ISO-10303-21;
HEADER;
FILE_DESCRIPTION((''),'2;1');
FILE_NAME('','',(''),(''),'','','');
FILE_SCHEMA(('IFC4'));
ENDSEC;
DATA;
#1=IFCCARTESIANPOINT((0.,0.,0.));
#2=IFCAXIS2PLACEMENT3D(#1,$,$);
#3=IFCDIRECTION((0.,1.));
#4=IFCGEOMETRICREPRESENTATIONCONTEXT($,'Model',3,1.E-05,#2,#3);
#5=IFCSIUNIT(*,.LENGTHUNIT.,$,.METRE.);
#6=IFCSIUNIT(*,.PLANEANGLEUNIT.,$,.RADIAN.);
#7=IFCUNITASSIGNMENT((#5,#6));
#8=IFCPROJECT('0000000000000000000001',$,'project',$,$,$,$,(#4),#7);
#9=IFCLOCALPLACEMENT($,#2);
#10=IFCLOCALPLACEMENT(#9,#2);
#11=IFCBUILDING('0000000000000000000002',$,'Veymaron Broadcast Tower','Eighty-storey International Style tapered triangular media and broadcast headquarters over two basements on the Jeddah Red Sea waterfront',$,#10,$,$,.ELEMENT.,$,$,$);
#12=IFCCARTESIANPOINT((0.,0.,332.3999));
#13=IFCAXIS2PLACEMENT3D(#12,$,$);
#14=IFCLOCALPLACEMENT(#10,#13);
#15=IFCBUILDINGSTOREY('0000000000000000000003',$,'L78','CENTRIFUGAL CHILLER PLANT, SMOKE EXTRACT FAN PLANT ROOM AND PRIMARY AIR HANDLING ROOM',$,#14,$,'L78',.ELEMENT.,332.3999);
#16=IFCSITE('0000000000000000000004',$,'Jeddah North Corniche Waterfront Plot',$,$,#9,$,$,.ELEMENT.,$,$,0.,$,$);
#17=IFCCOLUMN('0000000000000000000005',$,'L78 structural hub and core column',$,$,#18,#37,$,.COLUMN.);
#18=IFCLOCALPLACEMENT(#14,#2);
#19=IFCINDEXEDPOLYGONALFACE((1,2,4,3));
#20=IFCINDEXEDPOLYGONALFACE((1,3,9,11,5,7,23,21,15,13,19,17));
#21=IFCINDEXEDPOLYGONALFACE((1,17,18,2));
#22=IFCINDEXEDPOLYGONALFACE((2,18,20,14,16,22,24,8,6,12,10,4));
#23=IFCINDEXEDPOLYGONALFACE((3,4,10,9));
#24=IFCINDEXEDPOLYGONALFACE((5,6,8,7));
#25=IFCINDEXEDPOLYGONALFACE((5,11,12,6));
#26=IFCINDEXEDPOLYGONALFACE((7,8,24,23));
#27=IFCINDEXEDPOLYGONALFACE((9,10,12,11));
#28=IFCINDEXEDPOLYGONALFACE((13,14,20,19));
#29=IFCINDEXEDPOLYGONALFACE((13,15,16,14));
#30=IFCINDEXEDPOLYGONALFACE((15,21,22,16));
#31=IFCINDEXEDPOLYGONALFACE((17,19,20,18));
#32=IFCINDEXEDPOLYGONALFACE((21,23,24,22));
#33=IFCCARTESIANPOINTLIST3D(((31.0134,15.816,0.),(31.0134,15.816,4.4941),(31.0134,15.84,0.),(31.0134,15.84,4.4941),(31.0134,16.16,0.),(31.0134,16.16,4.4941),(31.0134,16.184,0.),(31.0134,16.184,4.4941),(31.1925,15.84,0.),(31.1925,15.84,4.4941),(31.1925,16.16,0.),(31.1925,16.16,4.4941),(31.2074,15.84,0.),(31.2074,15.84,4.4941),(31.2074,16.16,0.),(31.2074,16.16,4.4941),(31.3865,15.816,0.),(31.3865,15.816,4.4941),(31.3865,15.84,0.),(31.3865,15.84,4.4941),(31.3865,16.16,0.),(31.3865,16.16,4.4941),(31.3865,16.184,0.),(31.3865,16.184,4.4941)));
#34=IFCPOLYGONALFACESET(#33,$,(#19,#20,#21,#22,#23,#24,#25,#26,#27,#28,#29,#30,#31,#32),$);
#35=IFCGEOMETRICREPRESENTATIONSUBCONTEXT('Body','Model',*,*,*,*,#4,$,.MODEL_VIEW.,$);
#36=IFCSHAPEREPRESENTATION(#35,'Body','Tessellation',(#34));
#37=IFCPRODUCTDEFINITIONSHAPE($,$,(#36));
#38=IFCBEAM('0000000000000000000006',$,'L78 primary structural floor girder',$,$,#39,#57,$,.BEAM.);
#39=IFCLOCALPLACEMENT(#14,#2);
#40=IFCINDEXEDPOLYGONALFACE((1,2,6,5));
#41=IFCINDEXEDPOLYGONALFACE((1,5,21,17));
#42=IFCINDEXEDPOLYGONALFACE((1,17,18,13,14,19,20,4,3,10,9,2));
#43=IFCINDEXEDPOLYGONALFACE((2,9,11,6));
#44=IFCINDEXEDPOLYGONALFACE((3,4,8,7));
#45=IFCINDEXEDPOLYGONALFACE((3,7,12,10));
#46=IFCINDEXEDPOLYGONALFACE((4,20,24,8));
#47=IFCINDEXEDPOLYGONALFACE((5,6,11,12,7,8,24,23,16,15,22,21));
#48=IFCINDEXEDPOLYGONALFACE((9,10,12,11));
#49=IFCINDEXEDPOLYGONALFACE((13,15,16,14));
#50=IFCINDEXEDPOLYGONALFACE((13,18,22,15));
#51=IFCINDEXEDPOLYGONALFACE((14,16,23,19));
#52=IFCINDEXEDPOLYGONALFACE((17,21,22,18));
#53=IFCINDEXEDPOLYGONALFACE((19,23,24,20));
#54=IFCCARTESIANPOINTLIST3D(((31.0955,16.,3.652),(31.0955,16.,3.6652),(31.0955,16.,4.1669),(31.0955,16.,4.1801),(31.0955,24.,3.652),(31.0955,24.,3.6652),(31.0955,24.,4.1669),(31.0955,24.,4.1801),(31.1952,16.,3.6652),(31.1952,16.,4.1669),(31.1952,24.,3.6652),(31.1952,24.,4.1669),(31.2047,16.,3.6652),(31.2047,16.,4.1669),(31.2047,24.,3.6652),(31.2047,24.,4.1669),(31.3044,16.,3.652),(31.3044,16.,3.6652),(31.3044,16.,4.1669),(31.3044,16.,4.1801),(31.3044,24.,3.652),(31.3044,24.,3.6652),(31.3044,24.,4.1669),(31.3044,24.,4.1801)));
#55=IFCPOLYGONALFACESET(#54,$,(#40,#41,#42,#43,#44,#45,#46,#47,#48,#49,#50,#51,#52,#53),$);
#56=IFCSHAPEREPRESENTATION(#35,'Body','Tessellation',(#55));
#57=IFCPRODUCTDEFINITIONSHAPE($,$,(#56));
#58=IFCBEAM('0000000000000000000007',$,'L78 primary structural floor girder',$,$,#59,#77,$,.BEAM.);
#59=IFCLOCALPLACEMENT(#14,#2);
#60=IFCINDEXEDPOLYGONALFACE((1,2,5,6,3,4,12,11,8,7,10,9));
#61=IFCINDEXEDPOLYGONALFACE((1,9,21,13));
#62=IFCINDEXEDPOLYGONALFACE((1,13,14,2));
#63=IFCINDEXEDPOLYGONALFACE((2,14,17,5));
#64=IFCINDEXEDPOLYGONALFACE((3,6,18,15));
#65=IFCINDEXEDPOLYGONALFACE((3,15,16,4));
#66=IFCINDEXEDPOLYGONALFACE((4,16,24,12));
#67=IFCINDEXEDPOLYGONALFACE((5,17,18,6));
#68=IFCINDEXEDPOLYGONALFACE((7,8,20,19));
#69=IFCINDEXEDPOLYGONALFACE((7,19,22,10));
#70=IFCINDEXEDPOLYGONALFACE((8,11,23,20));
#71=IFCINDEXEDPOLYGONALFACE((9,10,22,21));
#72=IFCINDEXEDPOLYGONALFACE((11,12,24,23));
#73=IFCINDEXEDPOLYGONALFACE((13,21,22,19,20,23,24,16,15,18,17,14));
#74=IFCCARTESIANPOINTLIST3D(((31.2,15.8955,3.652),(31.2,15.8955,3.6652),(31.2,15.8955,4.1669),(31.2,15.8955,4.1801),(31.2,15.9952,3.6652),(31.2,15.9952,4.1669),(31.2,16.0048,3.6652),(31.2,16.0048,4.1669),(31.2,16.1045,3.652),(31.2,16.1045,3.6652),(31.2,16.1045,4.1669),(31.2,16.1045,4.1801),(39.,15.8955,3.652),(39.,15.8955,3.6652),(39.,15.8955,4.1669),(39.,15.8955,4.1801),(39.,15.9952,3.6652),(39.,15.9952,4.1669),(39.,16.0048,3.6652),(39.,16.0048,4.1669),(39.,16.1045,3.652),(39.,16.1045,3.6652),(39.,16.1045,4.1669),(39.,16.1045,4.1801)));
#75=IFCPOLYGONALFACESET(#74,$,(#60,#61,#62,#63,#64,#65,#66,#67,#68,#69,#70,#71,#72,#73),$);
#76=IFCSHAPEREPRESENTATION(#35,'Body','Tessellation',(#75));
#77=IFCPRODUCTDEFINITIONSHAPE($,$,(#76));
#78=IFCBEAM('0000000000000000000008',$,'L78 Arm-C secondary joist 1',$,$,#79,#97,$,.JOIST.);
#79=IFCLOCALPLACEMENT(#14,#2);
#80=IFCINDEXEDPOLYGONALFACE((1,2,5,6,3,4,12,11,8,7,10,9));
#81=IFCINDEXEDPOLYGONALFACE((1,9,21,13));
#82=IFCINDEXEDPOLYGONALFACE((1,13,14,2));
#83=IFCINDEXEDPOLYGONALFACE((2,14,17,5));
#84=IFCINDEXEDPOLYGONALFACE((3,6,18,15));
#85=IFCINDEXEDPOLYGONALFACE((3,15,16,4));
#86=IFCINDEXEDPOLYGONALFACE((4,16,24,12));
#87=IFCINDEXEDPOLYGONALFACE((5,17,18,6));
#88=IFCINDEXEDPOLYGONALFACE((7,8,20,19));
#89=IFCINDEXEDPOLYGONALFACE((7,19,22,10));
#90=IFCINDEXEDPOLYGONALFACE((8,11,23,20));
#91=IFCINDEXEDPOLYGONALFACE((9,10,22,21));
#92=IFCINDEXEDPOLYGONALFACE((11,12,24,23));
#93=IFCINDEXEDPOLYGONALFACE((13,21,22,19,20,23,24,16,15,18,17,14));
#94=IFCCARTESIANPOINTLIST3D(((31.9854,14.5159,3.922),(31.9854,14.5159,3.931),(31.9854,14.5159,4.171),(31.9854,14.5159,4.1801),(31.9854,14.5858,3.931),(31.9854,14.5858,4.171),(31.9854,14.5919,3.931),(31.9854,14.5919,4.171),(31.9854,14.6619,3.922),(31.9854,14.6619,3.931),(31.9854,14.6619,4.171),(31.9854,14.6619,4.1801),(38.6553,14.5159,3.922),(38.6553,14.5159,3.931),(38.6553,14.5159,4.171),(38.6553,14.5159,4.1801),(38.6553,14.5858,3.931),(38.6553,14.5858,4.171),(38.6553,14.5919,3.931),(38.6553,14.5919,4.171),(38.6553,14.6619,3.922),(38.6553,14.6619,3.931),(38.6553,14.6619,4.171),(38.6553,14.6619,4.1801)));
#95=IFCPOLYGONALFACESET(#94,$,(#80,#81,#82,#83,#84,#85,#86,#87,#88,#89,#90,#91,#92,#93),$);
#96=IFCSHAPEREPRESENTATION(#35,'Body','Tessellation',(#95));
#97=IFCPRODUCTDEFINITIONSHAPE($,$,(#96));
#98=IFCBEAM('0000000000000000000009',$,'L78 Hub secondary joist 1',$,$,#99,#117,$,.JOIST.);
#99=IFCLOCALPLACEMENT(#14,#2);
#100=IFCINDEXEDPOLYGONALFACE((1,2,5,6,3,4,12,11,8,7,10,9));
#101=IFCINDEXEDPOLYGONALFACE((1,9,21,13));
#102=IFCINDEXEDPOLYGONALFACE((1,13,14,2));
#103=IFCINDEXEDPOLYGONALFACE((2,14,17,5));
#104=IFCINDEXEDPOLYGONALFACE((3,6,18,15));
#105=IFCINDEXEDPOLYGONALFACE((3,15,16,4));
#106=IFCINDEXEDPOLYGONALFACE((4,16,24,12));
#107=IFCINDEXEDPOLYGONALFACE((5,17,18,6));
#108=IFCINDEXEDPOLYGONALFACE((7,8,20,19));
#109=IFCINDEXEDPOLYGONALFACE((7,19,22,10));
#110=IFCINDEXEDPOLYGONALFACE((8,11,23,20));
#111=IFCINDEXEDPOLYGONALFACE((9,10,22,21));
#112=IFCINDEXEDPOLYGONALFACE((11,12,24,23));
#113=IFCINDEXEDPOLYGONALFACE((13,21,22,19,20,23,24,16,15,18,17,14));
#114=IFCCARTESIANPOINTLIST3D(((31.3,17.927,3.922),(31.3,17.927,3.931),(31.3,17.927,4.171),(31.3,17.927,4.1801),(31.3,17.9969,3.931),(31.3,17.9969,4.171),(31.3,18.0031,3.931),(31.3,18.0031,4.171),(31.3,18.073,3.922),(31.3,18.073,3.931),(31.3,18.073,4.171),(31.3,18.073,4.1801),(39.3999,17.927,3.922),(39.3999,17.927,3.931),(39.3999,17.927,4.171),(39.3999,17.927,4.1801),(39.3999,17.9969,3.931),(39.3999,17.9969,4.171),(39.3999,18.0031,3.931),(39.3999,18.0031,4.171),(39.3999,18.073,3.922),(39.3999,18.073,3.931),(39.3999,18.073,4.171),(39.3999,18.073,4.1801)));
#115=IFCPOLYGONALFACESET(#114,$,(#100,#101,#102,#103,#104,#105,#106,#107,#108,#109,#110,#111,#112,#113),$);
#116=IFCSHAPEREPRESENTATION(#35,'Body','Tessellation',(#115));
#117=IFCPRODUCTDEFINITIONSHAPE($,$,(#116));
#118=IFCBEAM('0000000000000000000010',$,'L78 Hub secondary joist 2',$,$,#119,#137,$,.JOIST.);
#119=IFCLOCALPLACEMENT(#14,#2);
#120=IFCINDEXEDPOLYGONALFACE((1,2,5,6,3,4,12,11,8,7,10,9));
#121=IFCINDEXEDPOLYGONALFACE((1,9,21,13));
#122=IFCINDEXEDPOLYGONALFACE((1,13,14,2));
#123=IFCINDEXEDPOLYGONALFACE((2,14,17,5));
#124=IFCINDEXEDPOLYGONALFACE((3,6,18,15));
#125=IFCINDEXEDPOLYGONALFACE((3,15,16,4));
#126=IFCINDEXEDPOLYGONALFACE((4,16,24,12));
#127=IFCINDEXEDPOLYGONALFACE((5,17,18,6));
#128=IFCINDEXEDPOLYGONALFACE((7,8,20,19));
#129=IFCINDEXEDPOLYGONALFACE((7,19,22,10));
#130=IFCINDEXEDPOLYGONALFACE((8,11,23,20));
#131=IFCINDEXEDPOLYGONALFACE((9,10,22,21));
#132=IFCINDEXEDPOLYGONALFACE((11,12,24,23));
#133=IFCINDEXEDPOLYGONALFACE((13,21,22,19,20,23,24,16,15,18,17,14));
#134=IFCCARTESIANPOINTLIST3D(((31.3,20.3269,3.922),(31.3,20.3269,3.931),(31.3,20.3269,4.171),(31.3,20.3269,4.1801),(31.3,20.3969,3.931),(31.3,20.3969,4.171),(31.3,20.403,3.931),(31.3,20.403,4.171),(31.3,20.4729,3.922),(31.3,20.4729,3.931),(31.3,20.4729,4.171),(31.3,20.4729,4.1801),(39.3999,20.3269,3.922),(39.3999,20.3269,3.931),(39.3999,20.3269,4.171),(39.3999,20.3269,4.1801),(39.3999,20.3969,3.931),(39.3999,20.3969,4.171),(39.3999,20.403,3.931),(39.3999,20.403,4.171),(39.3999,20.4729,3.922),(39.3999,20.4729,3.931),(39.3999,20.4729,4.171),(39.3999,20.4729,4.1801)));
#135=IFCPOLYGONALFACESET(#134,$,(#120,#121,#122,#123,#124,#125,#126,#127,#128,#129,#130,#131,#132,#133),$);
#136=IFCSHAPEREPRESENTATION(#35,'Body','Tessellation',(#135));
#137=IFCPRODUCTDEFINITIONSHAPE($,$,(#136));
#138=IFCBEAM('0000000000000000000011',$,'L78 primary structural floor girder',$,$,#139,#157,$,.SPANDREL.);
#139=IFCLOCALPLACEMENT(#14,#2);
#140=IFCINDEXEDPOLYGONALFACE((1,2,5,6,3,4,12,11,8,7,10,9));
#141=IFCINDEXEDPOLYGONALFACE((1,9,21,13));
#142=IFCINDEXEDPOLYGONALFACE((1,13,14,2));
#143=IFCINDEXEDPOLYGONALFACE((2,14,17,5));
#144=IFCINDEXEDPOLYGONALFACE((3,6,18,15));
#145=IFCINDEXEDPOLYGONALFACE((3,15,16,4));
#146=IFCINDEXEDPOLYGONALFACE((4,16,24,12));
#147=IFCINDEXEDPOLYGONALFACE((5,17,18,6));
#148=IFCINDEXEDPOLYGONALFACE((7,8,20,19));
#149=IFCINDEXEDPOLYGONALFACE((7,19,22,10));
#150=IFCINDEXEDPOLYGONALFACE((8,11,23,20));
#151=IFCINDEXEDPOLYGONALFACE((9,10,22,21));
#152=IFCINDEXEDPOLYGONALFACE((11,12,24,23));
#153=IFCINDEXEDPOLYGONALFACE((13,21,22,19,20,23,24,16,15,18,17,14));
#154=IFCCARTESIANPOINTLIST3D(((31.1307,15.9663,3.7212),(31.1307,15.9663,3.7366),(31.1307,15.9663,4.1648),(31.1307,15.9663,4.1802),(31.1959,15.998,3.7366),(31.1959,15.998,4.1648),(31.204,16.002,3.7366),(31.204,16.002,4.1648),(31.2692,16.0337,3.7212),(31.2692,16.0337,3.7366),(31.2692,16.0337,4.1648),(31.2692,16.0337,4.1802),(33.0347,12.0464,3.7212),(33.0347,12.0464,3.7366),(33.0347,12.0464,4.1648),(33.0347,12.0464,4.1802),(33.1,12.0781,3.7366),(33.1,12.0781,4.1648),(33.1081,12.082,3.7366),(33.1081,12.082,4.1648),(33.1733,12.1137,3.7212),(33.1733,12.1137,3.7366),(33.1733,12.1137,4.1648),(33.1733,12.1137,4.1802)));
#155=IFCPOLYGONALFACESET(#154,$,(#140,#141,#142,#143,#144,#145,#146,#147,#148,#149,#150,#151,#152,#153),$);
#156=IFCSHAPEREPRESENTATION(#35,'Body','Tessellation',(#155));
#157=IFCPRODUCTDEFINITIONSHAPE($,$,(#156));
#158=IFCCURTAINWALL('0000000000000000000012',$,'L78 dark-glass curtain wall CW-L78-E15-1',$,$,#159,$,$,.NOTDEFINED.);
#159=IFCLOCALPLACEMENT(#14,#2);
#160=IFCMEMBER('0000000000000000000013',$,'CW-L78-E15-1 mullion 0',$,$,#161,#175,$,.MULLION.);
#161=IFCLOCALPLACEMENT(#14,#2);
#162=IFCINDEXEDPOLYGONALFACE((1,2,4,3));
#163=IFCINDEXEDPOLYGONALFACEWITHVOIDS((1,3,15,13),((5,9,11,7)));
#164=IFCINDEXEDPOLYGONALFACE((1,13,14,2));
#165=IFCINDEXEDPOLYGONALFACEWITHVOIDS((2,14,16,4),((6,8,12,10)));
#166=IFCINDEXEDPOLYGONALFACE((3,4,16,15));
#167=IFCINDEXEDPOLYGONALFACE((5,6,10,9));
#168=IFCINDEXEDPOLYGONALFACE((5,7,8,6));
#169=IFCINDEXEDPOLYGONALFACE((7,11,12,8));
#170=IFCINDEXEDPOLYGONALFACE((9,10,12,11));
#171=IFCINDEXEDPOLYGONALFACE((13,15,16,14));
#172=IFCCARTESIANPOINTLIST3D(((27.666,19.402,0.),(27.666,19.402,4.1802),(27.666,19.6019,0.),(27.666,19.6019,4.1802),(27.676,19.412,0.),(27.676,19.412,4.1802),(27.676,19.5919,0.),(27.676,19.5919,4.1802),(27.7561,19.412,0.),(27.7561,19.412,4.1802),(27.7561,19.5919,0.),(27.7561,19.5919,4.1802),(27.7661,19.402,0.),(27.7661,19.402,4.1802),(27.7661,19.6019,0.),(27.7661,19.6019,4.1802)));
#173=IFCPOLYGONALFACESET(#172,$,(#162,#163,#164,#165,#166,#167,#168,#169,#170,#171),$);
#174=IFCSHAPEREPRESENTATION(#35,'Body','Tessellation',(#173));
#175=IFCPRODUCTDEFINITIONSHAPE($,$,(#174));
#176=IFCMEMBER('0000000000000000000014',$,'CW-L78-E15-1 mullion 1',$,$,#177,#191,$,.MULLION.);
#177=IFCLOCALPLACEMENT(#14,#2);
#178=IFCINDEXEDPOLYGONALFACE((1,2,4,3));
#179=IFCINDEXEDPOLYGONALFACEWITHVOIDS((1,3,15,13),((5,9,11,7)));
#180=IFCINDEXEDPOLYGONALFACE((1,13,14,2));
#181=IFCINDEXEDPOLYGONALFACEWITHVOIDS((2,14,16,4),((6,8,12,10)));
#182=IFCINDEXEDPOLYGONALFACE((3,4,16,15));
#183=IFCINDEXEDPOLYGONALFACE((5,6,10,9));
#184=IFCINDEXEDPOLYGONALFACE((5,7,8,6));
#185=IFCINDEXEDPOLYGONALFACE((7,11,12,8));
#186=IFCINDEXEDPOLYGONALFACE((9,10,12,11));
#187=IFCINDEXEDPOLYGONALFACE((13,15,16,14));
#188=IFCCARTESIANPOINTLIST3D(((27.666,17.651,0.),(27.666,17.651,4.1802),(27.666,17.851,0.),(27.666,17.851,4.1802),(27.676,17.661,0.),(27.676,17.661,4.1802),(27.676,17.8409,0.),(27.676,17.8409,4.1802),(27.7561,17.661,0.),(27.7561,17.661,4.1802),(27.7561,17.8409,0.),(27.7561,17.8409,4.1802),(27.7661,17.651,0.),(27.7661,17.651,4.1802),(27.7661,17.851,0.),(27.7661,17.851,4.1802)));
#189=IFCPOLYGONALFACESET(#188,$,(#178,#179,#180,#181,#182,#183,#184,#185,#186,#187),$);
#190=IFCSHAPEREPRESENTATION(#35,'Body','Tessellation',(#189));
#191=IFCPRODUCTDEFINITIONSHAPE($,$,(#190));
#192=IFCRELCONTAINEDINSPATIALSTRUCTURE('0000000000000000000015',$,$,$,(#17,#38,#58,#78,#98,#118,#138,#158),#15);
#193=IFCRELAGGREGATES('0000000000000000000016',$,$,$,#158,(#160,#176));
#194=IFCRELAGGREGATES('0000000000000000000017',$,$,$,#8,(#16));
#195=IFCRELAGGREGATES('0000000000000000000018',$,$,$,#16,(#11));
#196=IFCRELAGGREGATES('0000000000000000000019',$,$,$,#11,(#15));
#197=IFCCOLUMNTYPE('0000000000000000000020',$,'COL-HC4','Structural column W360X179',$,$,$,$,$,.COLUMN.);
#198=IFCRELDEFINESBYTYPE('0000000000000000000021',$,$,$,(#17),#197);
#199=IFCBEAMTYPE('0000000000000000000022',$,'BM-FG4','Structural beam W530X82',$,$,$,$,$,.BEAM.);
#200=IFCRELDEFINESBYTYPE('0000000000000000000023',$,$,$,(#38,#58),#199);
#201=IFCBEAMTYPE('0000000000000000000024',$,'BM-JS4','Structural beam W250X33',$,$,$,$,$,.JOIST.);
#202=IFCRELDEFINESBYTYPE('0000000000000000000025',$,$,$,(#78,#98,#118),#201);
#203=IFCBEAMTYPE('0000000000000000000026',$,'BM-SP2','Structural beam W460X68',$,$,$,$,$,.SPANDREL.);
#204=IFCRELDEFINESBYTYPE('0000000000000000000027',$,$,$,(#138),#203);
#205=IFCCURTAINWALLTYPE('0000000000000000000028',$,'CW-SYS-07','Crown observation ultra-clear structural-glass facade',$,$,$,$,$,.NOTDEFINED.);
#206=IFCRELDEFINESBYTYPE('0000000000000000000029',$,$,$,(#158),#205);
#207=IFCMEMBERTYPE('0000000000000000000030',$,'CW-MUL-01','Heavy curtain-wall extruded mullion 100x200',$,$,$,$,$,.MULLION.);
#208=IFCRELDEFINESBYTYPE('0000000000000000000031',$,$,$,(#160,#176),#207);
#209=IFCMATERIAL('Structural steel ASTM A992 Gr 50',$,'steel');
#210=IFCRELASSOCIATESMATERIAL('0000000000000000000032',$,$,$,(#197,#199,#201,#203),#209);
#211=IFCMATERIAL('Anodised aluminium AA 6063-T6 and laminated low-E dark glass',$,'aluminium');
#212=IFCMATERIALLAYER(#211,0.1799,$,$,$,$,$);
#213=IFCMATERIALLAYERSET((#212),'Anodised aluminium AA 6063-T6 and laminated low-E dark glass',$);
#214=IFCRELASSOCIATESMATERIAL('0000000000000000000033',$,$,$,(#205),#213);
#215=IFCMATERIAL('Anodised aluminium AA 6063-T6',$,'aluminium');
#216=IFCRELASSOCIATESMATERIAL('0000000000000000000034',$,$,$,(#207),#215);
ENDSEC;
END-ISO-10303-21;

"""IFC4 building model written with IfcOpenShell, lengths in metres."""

from ifc_helpers import new_model, si_unit, direction, frame, origin, origin_2d, place, context, subcontext, project, spatial, hollow_rectangle, i_section, extrude, material, layer, layer_set, material_profile, profile_set, type_object, element, aggregate, save


model = new_model("IFC4")

# Units and contexts
model_context = context("Model", 3, precision=1e-05, world=origin(), true_north=direction((0.0, 1.0)))
body_context = subcontext(model_context, "Body", "Model", "MODEL_VIEW")
ifc_project = project(units=[si_unit("LENGTHUNIT", "METRE"), si_unit("PLANEANGLEUNIT", "RADIAN")], contexts=[model_context])

# Site, building, storey
site_placement = place(None, origin())
site = spatial("IfcSite", under=ifc_project, at=site_placement, Name="Jeddah North Corniche Waterfront Plot", CompositionType="ELEMENT", RefElevation=0.0)
building_placement = place(site_placement, origin())
building = spatial("IfcBuilding", under=site, at=building_placement, Name="Veymaron Broadcast Tower", Description="Eighty-storey International Style tapered triangular media and broadcast headquarters over two basements on the Jeddah Red Sea waterfront", CompositionType="ELEMENT")
storey_placement = place(building_placement, frame((0.0, 0.0, 332.3999)))
storey = spatial("IfcBuildingStorey", under=building, at=storey_placement, Name="L78", Description="CENTRIFUGAL CHILLER PLANT, SMOKE EXTRACT FAN PLANT ROOM AND PRIMARY AIR HANDLING ROOM", LongName="L78", CompositionType="ELEMENT", Elevation=332.3999)

# Column
ifc_material_1 = material(Name="Structural steel ASTM A992 Gr 50", Category="steel")
ifc_material_profile_1 = material_profile(ifc_material_1, i_section(OverallWidth=0.373, OverallDepth=0.3679, WebThickness=0.0149, FlangeThickness=0.0239, at=origin_2d()), Name="W360X179")
ifc_profile_set_1 = profile_set([ifc_material_profile_1], Name="Structural steel ASTM A992 Gr 50")
column_type = type_object("IfcColumnType", Name="COL-HC4", Description="Structural column W360X179", PredefinedType="COLUMN", material=ifc_profile_set_1)
column_placement = place(storey_placement, frame((31.2, 16.0, 0.0), z_axis=(0.0, 0.0, 1.0), x_axis=(1.0, 0.0, 0.0)))
element("IfcColumn", 1, at=column_placement, inside=storey, type_object=column_type, Name="L78 structural hub and core column", PredefinedType="COLUMN", context=body_context, shape_type="SweptSolid", body=[
    extrude(i_section(OverallWidth=0.373, OverallDepth=0.3679, WebThickness=0.0149, FlangeThickness=0.0239, at=origin_2d()), origin(), (0.0, 0.0, 1.0), 4.4941),
])

# Beams
ifc_material_profile_2 = material_profile(ifc_material_1, i_section(OverallWidth=0.209, OverallDepth=0.5281, WebThickness=0.0095, FlangeThickness=0.0132, at=origin_2d()), Name="W530X82")
ifc_profile_set_2 = profile_set([ifc_material_profile_2], Name="Structural steel ASTM A992 Gr 50")
beam_type_1 = type_object("IfcBeamType", Name="BM-FG4", Description="Structural beam W530X82", PredefinedType="BEAM", material=ifc_profile_set_2)
beam_1_placement = place(storey_placement, frame((31.2, 16.0, 3.916), z_axis=(0.0, 1.0, 0.0), x_axis=(-1.0, 0.0, 0.0)))
element("IfcBeam", 2, at=beam_1_placement, inside=storey, type_object=beam_type_1, Name="L78 primary structural floor girder", PredefinedType="BEAM", context=body_context, shape_type="SweptSolid", body=[
    extrude(i_section(OverallWidth=0.209, OverallDepth=0.5281, WebThickness=0.0095, FlangeThickness=0.0132, at=origin_2d()), origin(), (0.0, 0.0, 1.0), 8.0),
])
beam_2_placement = place(storey_placement, frame((31.2, 16.0, 3.916), z_axis=(1.0, 0.0, 0.0), x_axis=(0.0, 1.0, 0.0)))
element("IfcBeam", 3, at=beam_2_placement, inside=storey, type_object=beam_type_1, Name="L78 primary structural floor girder", PredefinedType="BEAM", context=body_context, shape_type="SweptSolid", body=[
    extrude(i_section(OverallWidth=0.209, OverallDepth=0.5281, WebThickness=0.0095, FlangeThickness=0.0132, at=origin_2d()), origin(), (0.0, 0.0, 1.0), 7.8),
])
ifc_material_profile_3 = material_profile(ifc_material_1, i_section(OverallWidth=0.146, OverallDepth=0.2581, WebThickness=0.0061, FlangeThickness=0.009, at=origin_2d()), Name="W250X33")
ifc_profile_set_3 = profile_set([ifc_material_profile_3], Name="Structural steel ASTM A992 Gr 50")
beam_type_2 = type_object("IfcBeamType", Name="BM-JS4", Description="Structural beam W250X33", PredefinedType="JOIST", material=ifc_profile_set_3)
beam_3_placement = place(storey_placement, frame((31.9854, 14.5889, 4.051), z_axis=(1.0, 0.0, 0.0), x_axis=(0.0, 1.0, 0.0)))
element("IfcBeam", 4, at=beam_3_placement, inside=storey, type_object=beam_type_2, Name="L78 Arm-C secondary joist 1", PredefinedType="JOIST", context=body_context, shape_type="SweptSolid", body=[
    extrude(i_section(OverallWidth=0.146, OverallDepth=0.2581, WebThickness=0.0061, FlangeThickness=0.009, at=origin_2d()), origin(), (0.0, 0.0, 1.0), 6.6699),
])
for number, where, z_axis, x_axis, name in (
    (5, (31.3, 18.0, 4.051), (1.0, 0.0, 0.0), (0.0, 1.0, 0.0), "L78 Hub secondary joist 1"),
    (6, (31.3, 20.3999, 4.051), (1.0, 0.0, 0.0), (0.0, 1.0, 0.0), "L78 Hub secondary joist 2"),
):
    element("IfcBeam", number, at=place(storey_placement, frame(where, z_axis=z_axis, x_axis=x_axis)), inside=storey, type_object=beam_type_2, Name=name, PredefinedType="JOIST", context=body_context, shape_type="SweptSolid", body=[
        extrude(i_section(OverallWidth=0.146, OverallDepth=0.2581, WebThickness=0.0061, FlangeThickness=0.009, at=origin_2d()), origin(), (0.0, 0.0, 1.0), 8.0999),
    ])
ifc_material_profile_4 = material_profile(ifc_material_1, i_section(OverallWidth=0.1541, OverallDepth=0.459, WebThickness=0.009, FlangeThickness=0.0154, at=origin_2d()), Name="W460X68")
ifc_profile_set_4 = profile_set([ifc_material_profile_4], Name="Structural steel ASTM A992 Gr 50")
beam_type_3 = type_object("IfcBeamType", Name="BM-SP2", Description="Structural beam W460X68", PredefinedType="SPANDREL", material=ifc_profile_set_4)
beam_4_placement = place(storey_placement, frame((31.2, 16.0, 3.9507), z_axis=(0.436921, -0.8995, 0.0), x_axis=(0.8995, 0.436921, 0.0)))
element("IfcBeam", 7, at=beam_4_placement, inside=storey, type_object=beam_type_3, Name="L78 primary structural floor girder", PredefinedType="SPANDREL", context=body_context, shape_type="SweptSolid", body=[
    extrude(i_section(OverallWidth=0.1541, OverallDepth=0.459, WebThickness=0.009, FlangeThickness=0.0154, at=origin_2d()), origin(), (0.0, 0.0, 1.0), 4.3579),
])

# Curtain wall, members
ifc_material_2 = material(Name="Anodised aluminium AA 6063-T6 and laminated low-E dark glass", Category="aluminium")
ifc_layer_1 = layer(ifc_material_2, 0.1799)
ifc_layer_set_1 = layer_set([ifc_layer_1], Name="Anodised aluminium AA 6063-T6 and laminated low-E dark glass")
curtain_wall_type = type_object("IfcCurtainWallType", Name="CW-SYS-07", Description="Crown observation ultra-clear structural-glass facade", PredefinedType="NOTDEFINED", material=ifc_layer_set_1)
curtain_wall_1_placement = place(storey_placement, origin())
curtain_wall_1 = element("IfcCurtainWall", 8, at=curtain_wall_1_placement, inside=storey, type_object=curtain_wall_type, Name="L78 dark-glass curtain wall CW-L78-E15-1", PredefinedType="NOTDEFINED")
ifc_material_3 = material(Name="Anodised aluminium AA 6063-T6", Category="aluminium")
ifc_material_profile_5 = material_profile(ifc_material_3, hollow_rectangle(XDim=0.1001, YDim=0.2, WallThickness=0.01, at=origin_2d()), Name="RHS200X100X10")
ifc_profile_set_5 = profile_set([ifc_material_profile_5], Name="Anodised aluminium AA 6063-T6")
member_type_1 = type_object("IfcMemberType", Name="CW-MUL-01", Description="Heavy curtain-wall extruded mullion 100x200", PredefinedType="MULLION", material=ifc_profile_set_5)
member_1_placement = place(storey_placement, frame((27.7161, 19.502, 0.0), z_axis=(0.0, 0.0, 1.0), x_axis=(1.0, 0.0, 0.0)))
member_1 = element("IfcMember", 9, at=member_1_placement, type_object=member_type_1, Name="CW-L78-E15-1 mullion 0", PredefinedType="MULLION", context=body_context, shape_type="SweptSolid", body=[
    extrude(hollow_rectangle(XDim=0.1001, YDim=0.2, WallThickness=0.01, at=origin_2d()), origin(), (0.0, 0.0, 1.0), 4.1802),
])
member_2_placement = place(storey_placement, frame((27.7161, 17.751, 0.0), z_axis=(0.0, 0.0, 1.0), x_axis=(1.0, 0.0, 0.0)))
member_2 = element("IfcMember", 10, at=member_2_placement, type_object=member_type_1, Name="CW-L78-E15-1 mullion 1", PredefinedType="MULLION", context=body_context, shape_type="SweptSolid", body=[
    extrude(hollow_rectangle(XDim=0.1001, YDim=0.2, WallThickness=0.01, at=origin_2d()), origin(), (0.0, 0.0, 1.0), 4.1802),
])

aggregate(curtain_wall_1, [member_1, member_2])

save(model, "model.ifc")
